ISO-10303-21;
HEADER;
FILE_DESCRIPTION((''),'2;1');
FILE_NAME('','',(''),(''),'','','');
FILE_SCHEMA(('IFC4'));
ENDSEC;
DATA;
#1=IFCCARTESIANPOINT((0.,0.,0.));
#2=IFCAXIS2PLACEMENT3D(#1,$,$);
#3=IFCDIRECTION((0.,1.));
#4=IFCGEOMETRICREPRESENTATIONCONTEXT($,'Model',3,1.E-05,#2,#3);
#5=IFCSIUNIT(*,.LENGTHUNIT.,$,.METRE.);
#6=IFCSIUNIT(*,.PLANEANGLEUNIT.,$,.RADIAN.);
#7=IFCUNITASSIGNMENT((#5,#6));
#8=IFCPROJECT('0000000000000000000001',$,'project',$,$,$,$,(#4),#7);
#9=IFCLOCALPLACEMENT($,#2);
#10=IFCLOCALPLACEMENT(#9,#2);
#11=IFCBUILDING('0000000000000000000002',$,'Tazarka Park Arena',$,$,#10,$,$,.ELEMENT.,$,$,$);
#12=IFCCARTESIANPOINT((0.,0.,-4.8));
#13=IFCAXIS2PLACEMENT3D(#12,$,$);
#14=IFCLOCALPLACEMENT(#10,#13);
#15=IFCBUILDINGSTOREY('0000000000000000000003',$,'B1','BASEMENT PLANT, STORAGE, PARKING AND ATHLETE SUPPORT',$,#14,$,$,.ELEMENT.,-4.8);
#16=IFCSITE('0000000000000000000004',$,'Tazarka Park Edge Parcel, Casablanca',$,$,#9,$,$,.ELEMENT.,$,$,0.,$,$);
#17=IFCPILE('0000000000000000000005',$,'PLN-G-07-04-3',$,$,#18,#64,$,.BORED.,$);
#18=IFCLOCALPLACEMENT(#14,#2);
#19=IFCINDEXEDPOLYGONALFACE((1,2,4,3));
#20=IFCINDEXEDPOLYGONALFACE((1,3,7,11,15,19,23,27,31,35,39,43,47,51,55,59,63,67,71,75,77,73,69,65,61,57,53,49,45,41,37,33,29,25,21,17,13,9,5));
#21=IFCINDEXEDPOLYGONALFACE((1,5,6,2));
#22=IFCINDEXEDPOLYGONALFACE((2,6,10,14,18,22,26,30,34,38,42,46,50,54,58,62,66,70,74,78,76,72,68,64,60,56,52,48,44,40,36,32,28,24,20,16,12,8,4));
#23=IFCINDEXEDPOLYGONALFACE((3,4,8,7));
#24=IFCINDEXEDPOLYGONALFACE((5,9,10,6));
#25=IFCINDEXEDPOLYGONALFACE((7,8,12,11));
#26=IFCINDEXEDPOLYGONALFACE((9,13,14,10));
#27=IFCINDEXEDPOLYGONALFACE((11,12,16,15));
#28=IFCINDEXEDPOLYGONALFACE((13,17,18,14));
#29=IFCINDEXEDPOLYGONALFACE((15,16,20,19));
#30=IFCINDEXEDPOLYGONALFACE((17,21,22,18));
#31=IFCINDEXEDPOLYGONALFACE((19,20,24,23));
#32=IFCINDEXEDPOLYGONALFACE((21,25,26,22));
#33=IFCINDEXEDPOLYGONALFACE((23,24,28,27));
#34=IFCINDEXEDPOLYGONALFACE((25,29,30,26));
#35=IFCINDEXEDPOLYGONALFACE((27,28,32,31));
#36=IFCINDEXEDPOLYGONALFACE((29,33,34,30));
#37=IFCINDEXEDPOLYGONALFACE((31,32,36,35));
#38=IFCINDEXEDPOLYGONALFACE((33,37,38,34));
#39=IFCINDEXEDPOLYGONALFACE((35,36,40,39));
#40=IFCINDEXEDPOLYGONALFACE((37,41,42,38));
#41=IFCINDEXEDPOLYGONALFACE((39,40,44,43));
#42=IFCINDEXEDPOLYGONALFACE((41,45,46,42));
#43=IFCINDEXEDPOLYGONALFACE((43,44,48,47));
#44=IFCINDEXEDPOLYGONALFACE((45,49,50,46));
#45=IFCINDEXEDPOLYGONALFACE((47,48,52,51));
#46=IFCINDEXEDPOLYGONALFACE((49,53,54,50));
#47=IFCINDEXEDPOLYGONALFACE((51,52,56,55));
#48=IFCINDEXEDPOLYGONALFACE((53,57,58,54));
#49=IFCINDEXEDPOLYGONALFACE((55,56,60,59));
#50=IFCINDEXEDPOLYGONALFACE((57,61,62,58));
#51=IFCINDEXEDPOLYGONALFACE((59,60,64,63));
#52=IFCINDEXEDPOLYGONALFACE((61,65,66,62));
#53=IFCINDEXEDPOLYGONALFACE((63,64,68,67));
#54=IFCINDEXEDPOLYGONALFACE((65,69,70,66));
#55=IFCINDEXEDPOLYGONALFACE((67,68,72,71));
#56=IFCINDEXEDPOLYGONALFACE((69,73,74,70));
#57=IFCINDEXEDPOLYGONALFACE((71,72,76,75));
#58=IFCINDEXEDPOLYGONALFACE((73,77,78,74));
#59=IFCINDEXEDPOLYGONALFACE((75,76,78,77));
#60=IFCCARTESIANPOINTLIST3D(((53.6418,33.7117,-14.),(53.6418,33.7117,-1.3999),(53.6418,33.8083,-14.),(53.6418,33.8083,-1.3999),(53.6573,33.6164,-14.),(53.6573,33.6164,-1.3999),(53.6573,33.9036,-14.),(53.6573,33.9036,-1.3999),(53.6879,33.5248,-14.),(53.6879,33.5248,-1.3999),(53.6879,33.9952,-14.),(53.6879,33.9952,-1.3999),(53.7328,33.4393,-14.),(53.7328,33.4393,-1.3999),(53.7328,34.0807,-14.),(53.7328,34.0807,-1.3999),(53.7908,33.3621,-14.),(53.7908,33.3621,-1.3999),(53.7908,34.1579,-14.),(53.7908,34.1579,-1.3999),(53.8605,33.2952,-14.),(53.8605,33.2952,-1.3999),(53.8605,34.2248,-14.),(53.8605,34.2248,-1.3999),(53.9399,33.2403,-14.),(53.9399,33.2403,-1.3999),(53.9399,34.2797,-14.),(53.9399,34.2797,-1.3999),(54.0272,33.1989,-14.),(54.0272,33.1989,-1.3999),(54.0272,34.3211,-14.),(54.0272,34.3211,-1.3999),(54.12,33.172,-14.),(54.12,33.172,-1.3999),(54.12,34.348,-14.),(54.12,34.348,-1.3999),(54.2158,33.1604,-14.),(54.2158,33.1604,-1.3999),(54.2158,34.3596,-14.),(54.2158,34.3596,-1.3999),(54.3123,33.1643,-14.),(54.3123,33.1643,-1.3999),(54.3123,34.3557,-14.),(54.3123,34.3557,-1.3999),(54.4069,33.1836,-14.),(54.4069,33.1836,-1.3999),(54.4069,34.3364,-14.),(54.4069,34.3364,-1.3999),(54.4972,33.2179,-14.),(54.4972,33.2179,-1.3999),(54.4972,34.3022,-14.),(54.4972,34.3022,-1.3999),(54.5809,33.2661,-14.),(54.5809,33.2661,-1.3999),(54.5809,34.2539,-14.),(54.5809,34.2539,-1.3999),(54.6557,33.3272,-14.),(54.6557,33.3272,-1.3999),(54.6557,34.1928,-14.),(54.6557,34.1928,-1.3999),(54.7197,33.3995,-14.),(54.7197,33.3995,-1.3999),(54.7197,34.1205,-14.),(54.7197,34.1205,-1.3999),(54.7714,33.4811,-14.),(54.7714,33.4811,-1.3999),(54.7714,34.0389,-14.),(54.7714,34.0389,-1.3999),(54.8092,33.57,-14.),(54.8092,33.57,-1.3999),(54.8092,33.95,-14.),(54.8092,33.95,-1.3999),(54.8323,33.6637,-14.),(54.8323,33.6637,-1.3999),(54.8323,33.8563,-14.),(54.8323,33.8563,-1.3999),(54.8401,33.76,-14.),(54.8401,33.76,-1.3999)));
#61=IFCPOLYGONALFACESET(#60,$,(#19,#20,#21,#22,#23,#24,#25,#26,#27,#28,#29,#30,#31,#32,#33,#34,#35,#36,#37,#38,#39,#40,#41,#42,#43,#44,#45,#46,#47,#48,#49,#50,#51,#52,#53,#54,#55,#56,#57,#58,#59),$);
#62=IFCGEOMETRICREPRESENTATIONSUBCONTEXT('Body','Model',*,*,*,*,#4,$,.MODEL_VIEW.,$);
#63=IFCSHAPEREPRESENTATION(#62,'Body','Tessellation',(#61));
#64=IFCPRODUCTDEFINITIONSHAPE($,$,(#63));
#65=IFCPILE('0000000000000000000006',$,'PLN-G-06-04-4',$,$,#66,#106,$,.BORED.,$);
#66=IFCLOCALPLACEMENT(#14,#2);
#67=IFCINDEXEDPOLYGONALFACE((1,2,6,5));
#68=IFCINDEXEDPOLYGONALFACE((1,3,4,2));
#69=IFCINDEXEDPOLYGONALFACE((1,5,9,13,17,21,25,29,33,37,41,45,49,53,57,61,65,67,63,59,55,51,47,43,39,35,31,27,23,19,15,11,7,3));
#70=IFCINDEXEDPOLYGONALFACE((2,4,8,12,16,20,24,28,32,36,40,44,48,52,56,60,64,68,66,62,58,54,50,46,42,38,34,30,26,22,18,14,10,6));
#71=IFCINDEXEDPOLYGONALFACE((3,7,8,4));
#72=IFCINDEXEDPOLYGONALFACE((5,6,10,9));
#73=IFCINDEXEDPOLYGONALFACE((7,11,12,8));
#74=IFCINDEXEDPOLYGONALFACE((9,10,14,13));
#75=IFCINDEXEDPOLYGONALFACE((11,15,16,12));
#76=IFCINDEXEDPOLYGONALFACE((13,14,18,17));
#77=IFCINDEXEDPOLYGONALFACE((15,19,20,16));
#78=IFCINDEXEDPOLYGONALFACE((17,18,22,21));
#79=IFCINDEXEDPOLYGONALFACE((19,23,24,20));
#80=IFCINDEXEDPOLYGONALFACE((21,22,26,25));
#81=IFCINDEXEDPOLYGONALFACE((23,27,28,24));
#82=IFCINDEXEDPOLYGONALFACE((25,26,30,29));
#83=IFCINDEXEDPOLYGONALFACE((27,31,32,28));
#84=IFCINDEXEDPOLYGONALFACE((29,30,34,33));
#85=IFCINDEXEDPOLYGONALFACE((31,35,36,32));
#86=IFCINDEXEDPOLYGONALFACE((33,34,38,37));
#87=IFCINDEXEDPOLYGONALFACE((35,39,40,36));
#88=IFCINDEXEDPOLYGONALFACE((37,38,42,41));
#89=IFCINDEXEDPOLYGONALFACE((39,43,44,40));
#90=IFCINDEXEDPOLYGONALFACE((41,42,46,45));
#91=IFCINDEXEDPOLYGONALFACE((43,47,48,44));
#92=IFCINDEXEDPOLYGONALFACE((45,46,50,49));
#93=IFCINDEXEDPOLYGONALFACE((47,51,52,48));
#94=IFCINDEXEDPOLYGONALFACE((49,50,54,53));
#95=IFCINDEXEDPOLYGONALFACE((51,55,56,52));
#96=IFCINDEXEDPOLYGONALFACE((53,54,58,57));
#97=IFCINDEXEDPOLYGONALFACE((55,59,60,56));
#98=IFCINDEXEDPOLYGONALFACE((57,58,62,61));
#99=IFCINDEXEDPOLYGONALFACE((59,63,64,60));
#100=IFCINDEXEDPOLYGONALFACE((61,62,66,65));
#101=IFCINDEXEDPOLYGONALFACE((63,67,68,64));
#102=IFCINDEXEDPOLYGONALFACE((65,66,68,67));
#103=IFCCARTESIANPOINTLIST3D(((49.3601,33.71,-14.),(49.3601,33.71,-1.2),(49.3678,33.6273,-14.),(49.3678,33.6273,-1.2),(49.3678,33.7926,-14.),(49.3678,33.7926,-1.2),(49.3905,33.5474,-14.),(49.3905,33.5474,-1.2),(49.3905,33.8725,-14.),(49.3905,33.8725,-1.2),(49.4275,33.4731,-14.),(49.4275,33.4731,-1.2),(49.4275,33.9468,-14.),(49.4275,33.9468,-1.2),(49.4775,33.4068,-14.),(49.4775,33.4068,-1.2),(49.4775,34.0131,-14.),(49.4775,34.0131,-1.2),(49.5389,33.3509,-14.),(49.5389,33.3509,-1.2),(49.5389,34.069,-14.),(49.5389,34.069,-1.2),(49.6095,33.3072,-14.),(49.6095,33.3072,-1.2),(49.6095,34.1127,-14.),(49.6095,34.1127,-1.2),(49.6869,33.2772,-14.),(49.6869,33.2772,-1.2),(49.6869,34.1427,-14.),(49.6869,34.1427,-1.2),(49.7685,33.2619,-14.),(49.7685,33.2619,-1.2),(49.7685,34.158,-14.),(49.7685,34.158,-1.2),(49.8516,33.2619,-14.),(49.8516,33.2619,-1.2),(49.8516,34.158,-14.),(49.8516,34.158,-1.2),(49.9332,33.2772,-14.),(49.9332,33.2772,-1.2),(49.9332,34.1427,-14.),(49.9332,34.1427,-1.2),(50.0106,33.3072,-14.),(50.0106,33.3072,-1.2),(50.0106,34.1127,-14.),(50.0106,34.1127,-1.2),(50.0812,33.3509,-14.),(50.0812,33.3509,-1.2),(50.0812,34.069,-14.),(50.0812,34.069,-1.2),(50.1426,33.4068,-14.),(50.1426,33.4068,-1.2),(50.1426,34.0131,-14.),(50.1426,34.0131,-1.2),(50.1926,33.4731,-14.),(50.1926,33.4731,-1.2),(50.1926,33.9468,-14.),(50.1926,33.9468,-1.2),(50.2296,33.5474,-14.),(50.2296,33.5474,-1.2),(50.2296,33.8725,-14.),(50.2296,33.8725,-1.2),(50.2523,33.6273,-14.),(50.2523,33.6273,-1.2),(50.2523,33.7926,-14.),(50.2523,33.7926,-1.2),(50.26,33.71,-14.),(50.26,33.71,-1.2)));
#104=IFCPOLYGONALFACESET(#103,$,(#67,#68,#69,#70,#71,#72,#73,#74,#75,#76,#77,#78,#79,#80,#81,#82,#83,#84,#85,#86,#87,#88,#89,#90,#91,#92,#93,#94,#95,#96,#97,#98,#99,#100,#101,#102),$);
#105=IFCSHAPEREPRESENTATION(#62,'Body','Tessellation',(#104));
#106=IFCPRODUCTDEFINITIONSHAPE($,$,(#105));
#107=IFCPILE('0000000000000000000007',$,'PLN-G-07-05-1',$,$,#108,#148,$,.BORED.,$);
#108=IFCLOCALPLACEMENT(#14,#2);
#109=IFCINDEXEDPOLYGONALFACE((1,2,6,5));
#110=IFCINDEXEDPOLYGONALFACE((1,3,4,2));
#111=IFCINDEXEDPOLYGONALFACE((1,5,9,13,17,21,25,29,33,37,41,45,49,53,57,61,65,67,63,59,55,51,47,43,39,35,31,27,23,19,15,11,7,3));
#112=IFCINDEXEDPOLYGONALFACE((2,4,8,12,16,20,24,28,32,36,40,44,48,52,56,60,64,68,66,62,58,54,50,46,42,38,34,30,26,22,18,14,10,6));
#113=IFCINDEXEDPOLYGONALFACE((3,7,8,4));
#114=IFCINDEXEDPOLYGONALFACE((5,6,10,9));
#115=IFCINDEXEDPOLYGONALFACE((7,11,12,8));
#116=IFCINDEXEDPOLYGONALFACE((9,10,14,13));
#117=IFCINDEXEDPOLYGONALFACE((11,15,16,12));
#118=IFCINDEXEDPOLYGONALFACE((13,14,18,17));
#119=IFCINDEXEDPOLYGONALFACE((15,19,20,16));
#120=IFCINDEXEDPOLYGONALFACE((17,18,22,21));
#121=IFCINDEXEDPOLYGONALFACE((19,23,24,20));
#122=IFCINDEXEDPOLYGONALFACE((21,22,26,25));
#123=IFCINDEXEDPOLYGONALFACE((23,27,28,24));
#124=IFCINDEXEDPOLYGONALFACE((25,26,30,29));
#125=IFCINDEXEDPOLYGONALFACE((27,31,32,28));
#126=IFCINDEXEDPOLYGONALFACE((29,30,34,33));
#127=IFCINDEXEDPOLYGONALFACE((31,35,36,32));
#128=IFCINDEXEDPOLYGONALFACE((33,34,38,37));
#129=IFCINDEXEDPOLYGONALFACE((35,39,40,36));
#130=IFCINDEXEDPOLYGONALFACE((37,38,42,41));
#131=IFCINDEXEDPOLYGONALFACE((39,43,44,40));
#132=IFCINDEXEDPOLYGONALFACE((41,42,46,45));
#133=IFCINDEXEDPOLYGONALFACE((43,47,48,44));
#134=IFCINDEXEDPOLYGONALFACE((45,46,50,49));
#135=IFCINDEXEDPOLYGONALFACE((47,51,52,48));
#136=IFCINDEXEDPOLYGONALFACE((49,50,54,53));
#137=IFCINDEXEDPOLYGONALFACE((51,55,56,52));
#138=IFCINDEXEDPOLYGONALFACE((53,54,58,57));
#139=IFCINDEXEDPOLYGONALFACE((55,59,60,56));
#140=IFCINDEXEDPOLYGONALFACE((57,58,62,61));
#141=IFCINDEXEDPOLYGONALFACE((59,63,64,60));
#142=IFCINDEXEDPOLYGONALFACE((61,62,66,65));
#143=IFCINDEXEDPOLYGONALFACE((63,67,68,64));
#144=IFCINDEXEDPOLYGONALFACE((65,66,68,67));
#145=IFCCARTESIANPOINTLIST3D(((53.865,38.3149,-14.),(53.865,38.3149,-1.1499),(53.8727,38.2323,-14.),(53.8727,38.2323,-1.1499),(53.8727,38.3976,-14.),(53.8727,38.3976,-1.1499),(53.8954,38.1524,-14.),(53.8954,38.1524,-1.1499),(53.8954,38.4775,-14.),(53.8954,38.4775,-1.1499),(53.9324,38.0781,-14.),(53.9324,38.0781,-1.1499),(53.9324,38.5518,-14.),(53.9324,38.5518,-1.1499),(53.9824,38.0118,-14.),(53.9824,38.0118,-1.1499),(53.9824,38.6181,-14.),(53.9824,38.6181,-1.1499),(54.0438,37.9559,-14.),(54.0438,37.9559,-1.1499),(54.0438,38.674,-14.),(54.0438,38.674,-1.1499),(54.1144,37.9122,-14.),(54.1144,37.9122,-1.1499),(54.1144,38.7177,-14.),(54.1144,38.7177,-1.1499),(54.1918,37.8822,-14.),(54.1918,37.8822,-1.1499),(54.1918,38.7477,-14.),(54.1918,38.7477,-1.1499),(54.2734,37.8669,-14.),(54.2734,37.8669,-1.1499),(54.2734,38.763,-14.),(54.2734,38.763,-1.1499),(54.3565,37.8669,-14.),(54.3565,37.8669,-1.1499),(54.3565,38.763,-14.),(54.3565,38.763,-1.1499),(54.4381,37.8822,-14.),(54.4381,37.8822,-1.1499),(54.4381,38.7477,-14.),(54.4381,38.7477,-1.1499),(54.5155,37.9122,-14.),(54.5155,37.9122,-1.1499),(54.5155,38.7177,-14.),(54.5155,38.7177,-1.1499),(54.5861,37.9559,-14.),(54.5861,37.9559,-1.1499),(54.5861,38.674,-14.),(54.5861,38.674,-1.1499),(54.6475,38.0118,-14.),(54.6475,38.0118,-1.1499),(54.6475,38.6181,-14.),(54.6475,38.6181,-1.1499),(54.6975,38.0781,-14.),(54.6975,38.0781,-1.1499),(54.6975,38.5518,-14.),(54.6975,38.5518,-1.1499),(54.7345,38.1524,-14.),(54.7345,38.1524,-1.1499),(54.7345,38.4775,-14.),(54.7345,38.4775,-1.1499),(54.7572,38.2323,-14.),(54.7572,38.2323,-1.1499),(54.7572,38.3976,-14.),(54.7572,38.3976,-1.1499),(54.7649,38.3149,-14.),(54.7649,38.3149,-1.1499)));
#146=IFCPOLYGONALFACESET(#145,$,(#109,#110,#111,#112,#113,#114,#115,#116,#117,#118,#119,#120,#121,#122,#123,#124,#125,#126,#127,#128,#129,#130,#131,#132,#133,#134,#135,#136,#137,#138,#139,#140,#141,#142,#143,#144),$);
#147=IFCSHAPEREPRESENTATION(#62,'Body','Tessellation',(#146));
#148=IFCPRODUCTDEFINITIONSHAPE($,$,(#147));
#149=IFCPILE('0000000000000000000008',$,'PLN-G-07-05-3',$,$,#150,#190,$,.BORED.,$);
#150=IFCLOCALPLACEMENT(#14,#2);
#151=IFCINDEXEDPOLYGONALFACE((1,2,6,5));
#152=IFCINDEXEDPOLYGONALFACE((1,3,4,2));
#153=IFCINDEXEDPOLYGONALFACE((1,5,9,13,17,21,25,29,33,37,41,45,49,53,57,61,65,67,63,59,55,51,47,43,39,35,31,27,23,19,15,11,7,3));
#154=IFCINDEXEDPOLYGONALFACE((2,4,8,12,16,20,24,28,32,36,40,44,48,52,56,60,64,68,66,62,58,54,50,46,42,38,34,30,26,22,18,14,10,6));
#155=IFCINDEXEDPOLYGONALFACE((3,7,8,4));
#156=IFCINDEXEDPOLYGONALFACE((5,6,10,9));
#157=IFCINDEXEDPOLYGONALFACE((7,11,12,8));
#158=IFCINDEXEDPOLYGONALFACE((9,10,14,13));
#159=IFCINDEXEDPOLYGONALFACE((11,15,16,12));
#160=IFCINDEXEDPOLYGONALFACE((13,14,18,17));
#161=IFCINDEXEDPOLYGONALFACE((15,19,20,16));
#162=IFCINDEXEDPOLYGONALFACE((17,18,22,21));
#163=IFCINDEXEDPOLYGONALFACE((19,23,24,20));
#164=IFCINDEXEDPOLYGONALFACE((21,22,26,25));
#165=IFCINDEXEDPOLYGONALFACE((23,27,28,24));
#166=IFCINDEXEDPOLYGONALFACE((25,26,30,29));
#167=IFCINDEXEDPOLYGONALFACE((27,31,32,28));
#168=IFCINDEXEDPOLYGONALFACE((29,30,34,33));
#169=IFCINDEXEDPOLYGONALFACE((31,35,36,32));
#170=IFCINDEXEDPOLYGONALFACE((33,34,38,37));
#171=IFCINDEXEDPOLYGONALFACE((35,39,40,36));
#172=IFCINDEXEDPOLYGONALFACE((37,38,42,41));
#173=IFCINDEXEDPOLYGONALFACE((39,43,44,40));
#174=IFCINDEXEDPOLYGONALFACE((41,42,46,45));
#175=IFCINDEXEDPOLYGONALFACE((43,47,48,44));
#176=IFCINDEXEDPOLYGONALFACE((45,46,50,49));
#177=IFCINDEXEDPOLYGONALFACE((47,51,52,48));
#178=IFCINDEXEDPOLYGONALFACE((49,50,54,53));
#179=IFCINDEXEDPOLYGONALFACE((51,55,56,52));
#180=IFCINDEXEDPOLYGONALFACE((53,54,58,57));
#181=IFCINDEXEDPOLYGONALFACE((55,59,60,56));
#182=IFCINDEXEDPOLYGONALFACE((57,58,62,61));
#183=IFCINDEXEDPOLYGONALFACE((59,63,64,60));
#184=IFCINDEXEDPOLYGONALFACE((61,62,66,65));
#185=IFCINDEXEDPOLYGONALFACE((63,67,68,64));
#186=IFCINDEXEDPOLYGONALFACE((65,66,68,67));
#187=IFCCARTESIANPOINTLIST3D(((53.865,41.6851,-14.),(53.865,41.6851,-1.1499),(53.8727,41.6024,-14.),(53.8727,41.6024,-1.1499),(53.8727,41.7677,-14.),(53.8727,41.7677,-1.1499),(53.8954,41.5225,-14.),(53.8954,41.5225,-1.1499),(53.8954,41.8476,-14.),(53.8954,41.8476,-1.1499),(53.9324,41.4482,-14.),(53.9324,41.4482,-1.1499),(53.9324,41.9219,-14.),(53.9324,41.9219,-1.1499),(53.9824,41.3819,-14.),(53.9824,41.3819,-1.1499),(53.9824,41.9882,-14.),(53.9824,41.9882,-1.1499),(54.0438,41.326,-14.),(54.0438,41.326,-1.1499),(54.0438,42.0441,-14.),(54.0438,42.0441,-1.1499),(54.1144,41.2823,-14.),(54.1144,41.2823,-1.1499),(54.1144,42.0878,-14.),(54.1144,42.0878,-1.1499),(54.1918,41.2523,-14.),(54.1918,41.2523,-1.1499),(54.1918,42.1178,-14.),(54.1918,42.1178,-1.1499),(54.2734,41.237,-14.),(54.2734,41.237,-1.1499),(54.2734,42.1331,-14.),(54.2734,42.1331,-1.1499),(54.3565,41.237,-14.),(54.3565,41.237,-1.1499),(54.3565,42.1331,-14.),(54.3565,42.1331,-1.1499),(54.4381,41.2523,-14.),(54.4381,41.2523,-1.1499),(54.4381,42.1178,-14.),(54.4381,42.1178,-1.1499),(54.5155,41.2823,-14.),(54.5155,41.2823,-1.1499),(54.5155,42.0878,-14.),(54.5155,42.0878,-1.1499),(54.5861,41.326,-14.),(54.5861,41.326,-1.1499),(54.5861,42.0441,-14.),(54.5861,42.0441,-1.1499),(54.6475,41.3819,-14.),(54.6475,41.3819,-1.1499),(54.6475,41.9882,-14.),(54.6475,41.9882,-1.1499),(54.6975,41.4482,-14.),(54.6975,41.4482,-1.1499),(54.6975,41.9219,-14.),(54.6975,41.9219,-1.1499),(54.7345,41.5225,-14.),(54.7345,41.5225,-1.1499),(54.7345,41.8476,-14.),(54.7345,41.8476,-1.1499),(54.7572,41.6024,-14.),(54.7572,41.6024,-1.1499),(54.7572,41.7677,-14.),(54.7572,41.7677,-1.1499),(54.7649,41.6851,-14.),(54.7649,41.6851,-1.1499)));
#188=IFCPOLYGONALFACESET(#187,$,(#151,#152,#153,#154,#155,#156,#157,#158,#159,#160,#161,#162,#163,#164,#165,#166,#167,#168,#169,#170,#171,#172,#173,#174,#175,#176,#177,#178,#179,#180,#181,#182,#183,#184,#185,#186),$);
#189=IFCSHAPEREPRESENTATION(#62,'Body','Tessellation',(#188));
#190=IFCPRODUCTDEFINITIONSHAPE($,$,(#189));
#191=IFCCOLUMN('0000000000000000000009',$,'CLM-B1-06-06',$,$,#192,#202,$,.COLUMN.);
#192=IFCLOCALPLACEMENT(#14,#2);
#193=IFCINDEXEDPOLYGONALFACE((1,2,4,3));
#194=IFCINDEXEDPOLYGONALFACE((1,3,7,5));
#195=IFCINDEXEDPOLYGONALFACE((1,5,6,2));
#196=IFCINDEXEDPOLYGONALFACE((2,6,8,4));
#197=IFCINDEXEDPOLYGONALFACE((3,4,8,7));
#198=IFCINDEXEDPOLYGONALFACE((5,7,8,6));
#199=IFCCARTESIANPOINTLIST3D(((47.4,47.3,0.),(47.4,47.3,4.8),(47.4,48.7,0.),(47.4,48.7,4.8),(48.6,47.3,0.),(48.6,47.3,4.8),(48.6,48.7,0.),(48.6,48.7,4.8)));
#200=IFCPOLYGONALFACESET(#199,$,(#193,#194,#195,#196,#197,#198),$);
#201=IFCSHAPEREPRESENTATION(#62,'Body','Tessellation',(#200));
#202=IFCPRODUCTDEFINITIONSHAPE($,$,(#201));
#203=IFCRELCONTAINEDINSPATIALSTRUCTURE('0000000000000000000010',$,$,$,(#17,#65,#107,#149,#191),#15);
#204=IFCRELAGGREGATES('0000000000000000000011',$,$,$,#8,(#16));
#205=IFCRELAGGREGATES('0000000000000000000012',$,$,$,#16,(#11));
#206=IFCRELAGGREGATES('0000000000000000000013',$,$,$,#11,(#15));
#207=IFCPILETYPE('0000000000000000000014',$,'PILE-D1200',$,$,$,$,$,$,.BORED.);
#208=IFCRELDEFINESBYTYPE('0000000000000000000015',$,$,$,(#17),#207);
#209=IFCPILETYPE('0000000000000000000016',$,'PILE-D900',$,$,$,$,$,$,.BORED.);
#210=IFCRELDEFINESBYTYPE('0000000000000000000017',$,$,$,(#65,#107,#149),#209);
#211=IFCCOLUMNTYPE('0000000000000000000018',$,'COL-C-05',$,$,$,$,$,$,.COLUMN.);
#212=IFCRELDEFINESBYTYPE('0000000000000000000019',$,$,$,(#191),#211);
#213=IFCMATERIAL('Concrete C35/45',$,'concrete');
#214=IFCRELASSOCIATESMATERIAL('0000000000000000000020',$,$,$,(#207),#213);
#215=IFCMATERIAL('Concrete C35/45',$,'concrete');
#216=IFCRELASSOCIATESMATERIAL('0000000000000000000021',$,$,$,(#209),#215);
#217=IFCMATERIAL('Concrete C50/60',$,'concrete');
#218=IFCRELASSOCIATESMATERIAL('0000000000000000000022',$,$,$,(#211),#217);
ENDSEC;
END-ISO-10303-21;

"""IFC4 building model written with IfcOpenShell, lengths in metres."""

from ifc_helpers import new_model, si_unit, direction, frame, origin, origin_2d, place, context, subcontext, project, spatial, rectangle, circle, extrude, material, material_profile, profile_set, type_object, element, save


model = new_model("IFC4")

# Units and contexts
model_context = context("Model", 3, precision=1e-05, world=origin(), true_north=direction((0.0, 1.0)))
body_context = subcontext(model_context, "Body", "Model", "MODEL_VIEW")
ifc_project = project(units=[si_unit("LENGTHUNIT", "METRE"), si_unit("PLANEANGLEUNIT", "RADIAN")], contexts=[model_context])

# Site, building, storey
site_placement = place(None, origin())
site = spatial("IfcSite", under=ifc_project, at=site_placement, Name="Tazarka Park Edge Parcel, Casablanca", CompositionType="ELEMENT", RefElevation=0.0)
building_placement = place(site_placement, origin())
building = spatial("IfcBuilding", under=site, at=building_placement, Name="Tazarka Park Arena", CompositionType="ELEMENT")
storey_placement = place(building_placement, frame((0.0, 0.0, -4.8)))
storey = spatial("IfcBuildingStorey", under=building, at=storey_placement, Name="B1", Description="BASEMENT PLANT, STORAGE, PARKING AND ATHLETE SUPPORT", CompositionType="ELEMENT", Elevation=-4.8)

# Piles
ifc_material_1 = material(Name="Concrete C35/45", Category="concrete")
ifc_material_profile_1 = material_profile(ifc_material_1, circle(Radius=0.6001, at=origin_2d()), Name="Concrete C35/45")
ifc_profile_set_1 = profile_set([ifc_material_profile_1], Name="Concrete C35/45")
pile_type_1 = type_object("IfcPileType", Name="PILE-D1200", PredefinedType="BORED", material=ifc_profile_set_1)
pile_1_placement = place(storey_placement, frame((54.24, 33.76, -1.3999), z_axis=(0.0, 0.0, -1.0), x_axis=(1.0, 0.0, 0.0)))
element("IfcPile", 1, at=pile_1_placement, inside=storey, type_object=pile_type_1, Name="PLN-G-07-04-3", PredefinedType="BORED", context=body_context, shape_type="SweptSolid", body=[
    extrude(circle(Radius=0.6001, at=origin_2d()), origin(), (0.0, 0.0, 1.0), 12.6001),
])
ifc_material_2 = material(Name="Concrete C35/45", Category="concrete")
ifc_material_profile_2 = material_profile(ifc_material_2, circle(Radius=0.45, at=origin_2d()), Name="Concrete C35/45")
ifc_profile_set_2 = profile_set([ifc_material_profile_2], Name="Concrete C35/45")
pile_type_2 = type_object("IfcPileType", Name="PILE-D900", PredefinedType="BORED", material=ifc_profile_set_2)
pile_2_placement = place(storey_placement, frame((49.8101, 33.71, -1.2), z_axis=(0.0, 0.0, -1.0), x_axis=(1.0, 0.0, 0.0)))
element("IfcPile", 2, at=pile_2_placement, inside=storey, type_object=pile_type_2, Name="PLN-G-06-04-4", PredefinedType="BORED", context=body_context, shape_type="SweptSolid", body=[
    extrude(circle(Radius=0.45, at=origin_2d()), origin(), (0.0, 0.0, 1.0), 12.8),
])
for number, where, z_axis, x_axis, name in (
    (3, (54.3149, 38.3149, -1.1499), (0.0, 0.0, -1.0), (1.0, 0.0, 0.0), "PLN-G-07-05-1"),
    (4, (54.3149, 41.6851, -1.1499), (0.0, 0.0, -1.0), (1.0, 0.0, 0.0), "PLN-G-07-05-3"),
):
    element("IfcPile", number, at=place(storey_placement, frame(where, z_axis=z_axis, x_axis=x_axis)), inside=storey, type_object=pile_type_2, Name=name, PredefinedType="BORED", context=body_context, shape_type="SweptSolid", body=[
        extrude(circle(Radius=0.45, at=origin_2d()), origin(), (0.0, 0.0, 1.0), 12.8501),
    ])

# Column
ifc_material_3 = material(Name="Concrete C50/60", Category="concrete")
ifc_material_profile_3 = material_profile(ifc_material_3, rectangle(XDim=1.2, YDim=1.3999, at=origin_2d()), Name="Concrete C50/60")
ifc_profile_set_3 = profile_set([ifc_material_profile_3], Name="Concrete C50/60")
column_type = type_object("IfcColumnType", Name="COL-C-05", PredefinedType="COLUMN", material=ifc_profile_set_3)
for number, where, z_axis, x_axis, name in (
    (5, (48.0, 48.0, 0.0), (0.0, 0.0, 1.0), (1.0, 0.0, 0.0), "CLM-B1-06-06"),
):
    element("IfcColumn", number, at=place(storey_placement, frame(where, z_axis=z_axis, x_axis=x_axis)), inside=storey, type_object=column_type, Name=name, PredefinedType="COLUMN", context=body_context, shape_type="SweptSolid", body=[
        extrude(rectangle(XDim=1.2, YDim=1.3999, at=origin_2d()), origin(), (0.0, 0.0, 1.0), 4.8),
    ])

save(model, "model.ifc")
